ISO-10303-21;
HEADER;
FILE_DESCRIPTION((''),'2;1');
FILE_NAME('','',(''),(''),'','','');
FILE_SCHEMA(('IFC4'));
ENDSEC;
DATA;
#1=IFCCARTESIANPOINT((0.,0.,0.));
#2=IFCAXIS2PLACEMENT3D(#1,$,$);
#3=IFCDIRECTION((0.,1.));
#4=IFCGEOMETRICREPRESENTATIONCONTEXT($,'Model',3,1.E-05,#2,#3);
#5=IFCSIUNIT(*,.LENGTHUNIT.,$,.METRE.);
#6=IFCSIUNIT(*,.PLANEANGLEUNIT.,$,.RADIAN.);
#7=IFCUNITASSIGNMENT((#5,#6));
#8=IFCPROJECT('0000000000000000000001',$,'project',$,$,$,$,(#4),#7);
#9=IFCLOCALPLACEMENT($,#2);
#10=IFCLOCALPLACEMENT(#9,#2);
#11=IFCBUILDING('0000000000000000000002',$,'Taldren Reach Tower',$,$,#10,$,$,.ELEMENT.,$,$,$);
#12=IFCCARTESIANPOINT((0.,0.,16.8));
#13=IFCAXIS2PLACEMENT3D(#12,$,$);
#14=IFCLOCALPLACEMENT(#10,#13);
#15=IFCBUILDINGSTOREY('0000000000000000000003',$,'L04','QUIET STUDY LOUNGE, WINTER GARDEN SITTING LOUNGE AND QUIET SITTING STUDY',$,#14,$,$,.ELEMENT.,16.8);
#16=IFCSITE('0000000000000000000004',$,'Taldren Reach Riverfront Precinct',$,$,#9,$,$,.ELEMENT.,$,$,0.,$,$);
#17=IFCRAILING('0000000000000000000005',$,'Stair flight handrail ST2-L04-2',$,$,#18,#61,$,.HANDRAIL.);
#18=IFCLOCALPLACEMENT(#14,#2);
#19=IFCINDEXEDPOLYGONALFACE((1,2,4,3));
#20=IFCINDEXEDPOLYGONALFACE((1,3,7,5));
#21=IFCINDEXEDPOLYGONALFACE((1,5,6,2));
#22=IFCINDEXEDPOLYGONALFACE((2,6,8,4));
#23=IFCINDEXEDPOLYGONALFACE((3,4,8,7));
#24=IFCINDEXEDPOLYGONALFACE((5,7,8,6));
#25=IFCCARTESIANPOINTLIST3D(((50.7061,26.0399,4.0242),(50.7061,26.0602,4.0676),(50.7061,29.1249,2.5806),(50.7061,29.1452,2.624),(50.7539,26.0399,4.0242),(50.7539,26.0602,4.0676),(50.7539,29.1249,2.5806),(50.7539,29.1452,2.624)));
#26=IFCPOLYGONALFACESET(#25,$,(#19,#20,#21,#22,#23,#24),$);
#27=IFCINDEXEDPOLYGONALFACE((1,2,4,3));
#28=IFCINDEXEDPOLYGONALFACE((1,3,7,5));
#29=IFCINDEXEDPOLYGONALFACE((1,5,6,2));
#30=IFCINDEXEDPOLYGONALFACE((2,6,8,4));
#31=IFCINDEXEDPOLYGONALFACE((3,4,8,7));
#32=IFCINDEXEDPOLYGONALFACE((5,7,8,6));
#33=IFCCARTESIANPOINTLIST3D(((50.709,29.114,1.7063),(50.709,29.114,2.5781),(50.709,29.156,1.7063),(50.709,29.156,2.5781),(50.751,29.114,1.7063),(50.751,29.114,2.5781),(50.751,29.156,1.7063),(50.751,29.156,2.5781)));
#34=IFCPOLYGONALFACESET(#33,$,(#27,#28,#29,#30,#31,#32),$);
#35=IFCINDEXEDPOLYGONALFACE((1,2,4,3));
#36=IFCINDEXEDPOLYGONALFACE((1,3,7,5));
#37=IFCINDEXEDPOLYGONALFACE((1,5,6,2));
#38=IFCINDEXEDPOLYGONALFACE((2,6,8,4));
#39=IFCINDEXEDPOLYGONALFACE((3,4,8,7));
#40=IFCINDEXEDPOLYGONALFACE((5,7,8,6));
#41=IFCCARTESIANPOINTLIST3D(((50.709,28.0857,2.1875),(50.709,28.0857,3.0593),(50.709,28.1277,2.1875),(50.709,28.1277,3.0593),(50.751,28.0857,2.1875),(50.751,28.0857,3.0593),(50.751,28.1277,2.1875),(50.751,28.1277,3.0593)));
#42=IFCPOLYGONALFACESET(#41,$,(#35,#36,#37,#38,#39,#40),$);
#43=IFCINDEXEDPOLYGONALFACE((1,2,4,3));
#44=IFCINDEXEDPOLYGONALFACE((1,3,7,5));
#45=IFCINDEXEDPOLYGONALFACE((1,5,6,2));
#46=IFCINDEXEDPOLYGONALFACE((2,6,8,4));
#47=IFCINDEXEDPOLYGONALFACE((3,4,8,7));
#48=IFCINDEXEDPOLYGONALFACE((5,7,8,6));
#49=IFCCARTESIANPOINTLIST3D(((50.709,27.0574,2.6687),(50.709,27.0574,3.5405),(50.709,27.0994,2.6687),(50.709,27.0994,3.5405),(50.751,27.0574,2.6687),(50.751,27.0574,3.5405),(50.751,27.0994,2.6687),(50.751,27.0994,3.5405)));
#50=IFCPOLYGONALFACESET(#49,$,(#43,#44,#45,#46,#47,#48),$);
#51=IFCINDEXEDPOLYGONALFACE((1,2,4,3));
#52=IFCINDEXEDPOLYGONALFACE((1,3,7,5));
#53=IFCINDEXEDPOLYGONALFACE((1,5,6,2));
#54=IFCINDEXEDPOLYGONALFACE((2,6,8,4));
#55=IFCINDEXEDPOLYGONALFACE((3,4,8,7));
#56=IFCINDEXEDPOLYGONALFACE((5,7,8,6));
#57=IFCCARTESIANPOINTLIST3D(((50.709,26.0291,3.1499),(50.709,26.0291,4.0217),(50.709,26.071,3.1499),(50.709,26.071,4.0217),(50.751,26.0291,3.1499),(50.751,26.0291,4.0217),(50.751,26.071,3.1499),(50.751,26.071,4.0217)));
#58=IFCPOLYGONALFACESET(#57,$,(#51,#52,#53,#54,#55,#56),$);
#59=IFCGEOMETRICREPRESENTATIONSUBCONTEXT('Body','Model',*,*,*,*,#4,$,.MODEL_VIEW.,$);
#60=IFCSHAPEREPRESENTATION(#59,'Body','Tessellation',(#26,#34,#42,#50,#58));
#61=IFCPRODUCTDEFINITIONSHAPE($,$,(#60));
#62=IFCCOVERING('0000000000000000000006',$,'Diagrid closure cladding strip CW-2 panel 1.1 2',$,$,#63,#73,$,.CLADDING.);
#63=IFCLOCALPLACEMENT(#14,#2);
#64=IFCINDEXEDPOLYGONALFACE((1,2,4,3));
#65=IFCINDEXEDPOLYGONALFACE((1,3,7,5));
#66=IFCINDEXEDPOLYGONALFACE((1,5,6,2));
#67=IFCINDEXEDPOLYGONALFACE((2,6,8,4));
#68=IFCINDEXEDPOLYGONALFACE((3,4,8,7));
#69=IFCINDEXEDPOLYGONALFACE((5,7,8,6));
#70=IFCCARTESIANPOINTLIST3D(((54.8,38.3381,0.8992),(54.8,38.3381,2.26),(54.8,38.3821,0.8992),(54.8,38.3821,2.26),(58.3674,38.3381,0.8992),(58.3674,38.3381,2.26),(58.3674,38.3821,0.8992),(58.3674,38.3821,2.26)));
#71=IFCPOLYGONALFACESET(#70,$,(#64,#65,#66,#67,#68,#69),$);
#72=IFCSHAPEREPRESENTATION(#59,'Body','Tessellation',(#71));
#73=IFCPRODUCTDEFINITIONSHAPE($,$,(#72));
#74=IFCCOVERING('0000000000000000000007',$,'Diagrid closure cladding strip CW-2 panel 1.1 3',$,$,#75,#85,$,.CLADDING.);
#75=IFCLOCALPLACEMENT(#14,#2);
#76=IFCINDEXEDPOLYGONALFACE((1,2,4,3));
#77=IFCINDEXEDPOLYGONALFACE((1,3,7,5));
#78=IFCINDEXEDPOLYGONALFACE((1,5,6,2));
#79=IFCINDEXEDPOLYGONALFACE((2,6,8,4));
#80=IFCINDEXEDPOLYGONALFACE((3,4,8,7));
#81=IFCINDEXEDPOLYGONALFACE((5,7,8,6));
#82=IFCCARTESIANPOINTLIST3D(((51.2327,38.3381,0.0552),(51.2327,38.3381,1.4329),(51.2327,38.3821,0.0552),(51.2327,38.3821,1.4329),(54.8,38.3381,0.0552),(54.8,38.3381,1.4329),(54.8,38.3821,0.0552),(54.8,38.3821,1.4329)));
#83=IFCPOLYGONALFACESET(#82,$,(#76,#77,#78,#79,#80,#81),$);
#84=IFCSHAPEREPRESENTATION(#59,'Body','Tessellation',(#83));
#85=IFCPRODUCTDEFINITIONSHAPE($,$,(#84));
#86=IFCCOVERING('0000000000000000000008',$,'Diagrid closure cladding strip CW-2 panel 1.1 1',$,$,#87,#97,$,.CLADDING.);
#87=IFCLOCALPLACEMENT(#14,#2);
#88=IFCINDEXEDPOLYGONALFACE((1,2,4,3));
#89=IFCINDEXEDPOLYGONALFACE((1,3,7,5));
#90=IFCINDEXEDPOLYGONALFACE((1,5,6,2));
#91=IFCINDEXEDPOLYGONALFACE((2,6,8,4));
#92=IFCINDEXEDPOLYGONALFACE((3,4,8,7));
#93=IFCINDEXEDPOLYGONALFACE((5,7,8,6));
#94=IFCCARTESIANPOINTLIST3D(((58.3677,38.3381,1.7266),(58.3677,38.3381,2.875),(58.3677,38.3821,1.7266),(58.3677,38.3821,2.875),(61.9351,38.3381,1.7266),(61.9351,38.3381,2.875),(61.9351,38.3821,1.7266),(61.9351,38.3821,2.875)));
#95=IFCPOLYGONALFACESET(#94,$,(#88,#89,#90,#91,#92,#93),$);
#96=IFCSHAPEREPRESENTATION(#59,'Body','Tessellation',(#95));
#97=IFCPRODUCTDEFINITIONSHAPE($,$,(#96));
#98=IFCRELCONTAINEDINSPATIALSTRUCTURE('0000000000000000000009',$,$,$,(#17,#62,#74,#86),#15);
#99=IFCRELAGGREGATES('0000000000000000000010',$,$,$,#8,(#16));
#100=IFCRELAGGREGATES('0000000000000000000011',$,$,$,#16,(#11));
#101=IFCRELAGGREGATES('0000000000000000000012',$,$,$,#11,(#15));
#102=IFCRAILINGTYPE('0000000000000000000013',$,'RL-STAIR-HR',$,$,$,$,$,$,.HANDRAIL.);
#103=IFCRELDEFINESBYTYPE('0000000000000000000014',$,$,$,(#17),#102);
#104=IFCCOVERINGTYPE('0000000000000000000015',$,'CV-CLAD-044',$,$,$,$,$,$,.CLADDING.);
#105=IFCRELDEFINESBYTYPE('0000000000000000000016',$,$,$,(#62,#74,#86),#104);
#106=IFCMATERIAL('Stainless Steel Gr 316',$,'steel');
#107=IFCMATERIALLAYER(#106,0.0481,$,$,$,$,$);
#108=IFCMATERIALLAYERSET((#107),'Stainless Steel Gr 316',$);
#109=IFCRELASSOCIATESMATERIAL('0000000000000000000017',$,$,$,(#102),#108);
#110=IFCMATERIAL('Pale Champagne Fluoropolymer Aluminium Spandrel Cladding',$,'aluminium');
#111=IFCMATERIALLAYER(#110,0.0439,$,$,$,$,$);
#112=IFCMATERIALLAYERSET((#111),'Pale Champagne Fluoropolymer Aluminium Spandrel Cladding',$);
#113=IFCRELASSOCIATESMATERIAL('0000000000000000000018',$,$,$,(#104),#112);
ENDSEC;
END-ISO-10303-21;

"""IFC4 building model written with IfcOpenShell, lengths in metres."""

from ifc_helpers import new_model, si_unit, direction, frame, origin, origin_2d, place, context, subcontext, project, spatial, rectangle, extrude, source, transform, mapped, material, layer, layer_set, type_object, element, save


model = new_model("IFC4")

# Units and contexts
model_context = context("Model", 3, precision=1e-05, world=origin(), true_north=direction((0.0, 1.0)))
body_context = subcontext(model_context, "Body", "Model", "MODEL_VIEW")
ifc_project = project(units=[si_unit("LENGTHUNIT", "METRE"), si_unit("PLANEANGLEUNIT", "RADIAN")], contexts=[model_context])

# Site, building, storey
site_placement = place(None, origin())
site = spatial("IfcSite", under=ifc_project, at=site_placement, Name="Taldren Reach Riverfront Precinct", CompositionType="ELEMENT", RefElevation=0.0)
building_placement = place(site_placement, origin())
building = spatial("IfcBuilding", under=site, at=building_placement, Name="Taldren Reach Tower", CompositionType="ELEMENT")
storey_placement = place(building_placement, frame((0.0, 0.0, 16.8)))
storey = spatial("IfcBuildingStorey", under=building, at=storey_placement, Name="L04", Description="QUIET STUDY LOUNGE, WINTER GARDEN SITTING LOUNGE AND QUIET SITTING STUDY", CompositionType="ELEMENT", Elevation=16.8)

# Railing
ifc_material_1 = material(Name="Stainless Steel Gr 316", Category="steel")
ifc_layer_1 = layer(ifc_material_1, 0.0481)
ifc_layer_set_1 = layer_set([ifc_layer_1], Name="Stainless Steel Gr 316")
railing_type = type_object("IfcRailingType", Name="RL-STAIR-HR", PredefinedType="HANDRAIL", material=ifc_layer_set_1)
railing_placement = place(storey_placement, frame((50.73, 29.135, 1.7063)))
element("IfcRailing", 1, at=railing_placement, inside=storey, type_object=railing_type, Name="Stair flight handrail ST2-L04-2", PredefinedType="HANDRAIL", context=body_context, shape_type="SweptSolid", body=[
    extrude(rectangle(XDim=0.0479, YDim=0.0479, at=origin_2d()), frame((0.0, 0.0, 0.896), z_axis=(0.0, -0.905738, 0.423839), x_axis=(1.0, 0.0, 0.0)), (0.0, 0.0, 1.0), 3.406),
    extrude(rectangle(XDim=0.042, YDim=0.042, at=origin_2d()), origin(), (0.0, 0.0, 1.0), 0.8718),
    extrude(rectangle(XDim=0.042, YDim=0.042, at=origin_2d()), frame((0.0, -1.0283, 0.4812)), (0.0, 0.0, 1.0), 0.8718),
    extrude(rectangle(XDim=0.042, YDim=0.042, at=origin_2d()), frame((0.0, -2.0566, 0.9624)), (0.0, 0.0, 1.0), 0.8718),
    extrude(rectangle(XDim=0.042, YDim=0.042, at=origin_2d()), frame((0.0, -3.085, 1.4436)), (0.0, 0.0, 1.0), 0.8718),
])

# Coverings
ifc_material_2 = material(Name="Pale Champagne Fluoropolymer Aluminium Spandrel Cladding", Category="aluminium")
ifc_layer_2 = layer(ifc_material_2, 0.0439)
ifc_layer_set_2 = layer_set([ifc_layer_2], Name="Pale Champagne Fluoropolymer Aluminium Spandrel Cladding")
covering_type = type_object("IfcCoveringType", Name="CV-CLAD-044", PredefinedType="CLADDING", material=ifc_layer_set_2)
shared_shape_1 = source(origin(), body_context, "Body", "SweptSolid", [
    extrude(rectangle(XDim=3.5674, YDim=0.0439, at=origin_2d()), origin(), (0.0, 0.0, 1.0), 1.3608),
])
covering_1_placement = place(storey_placement, frame((56.5837, 38.3601, 0.8992), z_axis=(0.0, 0.0, 1.0), x_axis=(-1.0, 0.0, 0.0)))
element("IfcCovering", 2, at=covering_1_placement, inside=storey, type_object=covering_type, Name="Diagrid closure cladding strip CW-2 panel 1.1 2", PredefinedType="CLADDING", context=body_context, shape_type="MappedRepresentation", body=[
    mapped(shared_shape_1, transform((0.0, 0.0, 0.0), scale=1.0)),
])
shared_shape_2 = source(origin(), body_context, "Body", "SweptSolid", [
    extrude(rectangle(XDim=3.5674, YDim=0.0439, at=origin_2d()), origin(), (0.0, 0.0, 1.0), 1.3777),
])
covering_2_placement = place(storey_placement, frame((53.0164, 38.3601, 0.0552), z_axis=(0.0, 0.0, 1.0), x_axis=(-1.0, 0.0, 0.0)))
element("IfcCovering", 3, at=covering_2_placement, inside=storey, type_object=covering_type, Name="Diagrid closure cladding strip CW-2 panel 1.1 3", PredefinedType="CLADDING", context=body_context, shape_type="MappedRepresentation", body=[
    mapped(shared_shape_2, transform((0.0, 0.0, 0.0), scale=1.0)),
])
shared_shape_3 = source(origin(), body_context, "Body", "SweptSolid", [
    extrude(rectangle(XDim=3.5674, YDim=0.0439, at=origin_2d()), origin(), (0.0, 0.0, 1.0), 1.1484),
])
covering_3_placement = place(storey_placement, frame((60.1514, 38.3601, 1.7266), z_axis=(0.0, 0.0, 1.0), x_axis=(-1.0, 0.0, 0.0)))
element("IfcCovering", 4, at=covering_3_placement, inside=storey, type_object=covering_type, Name="Diagrid closure cladding strip CW-2 panel 1.1 1", PredefinedType="CLADDING", context=body_context, shape_type="MappedRepresentation", body=[
    mapped(shared_shape_3, transform((0.0, 0.0, 0.0), scale=1.0)),
])

save(model, "model.ifc")
